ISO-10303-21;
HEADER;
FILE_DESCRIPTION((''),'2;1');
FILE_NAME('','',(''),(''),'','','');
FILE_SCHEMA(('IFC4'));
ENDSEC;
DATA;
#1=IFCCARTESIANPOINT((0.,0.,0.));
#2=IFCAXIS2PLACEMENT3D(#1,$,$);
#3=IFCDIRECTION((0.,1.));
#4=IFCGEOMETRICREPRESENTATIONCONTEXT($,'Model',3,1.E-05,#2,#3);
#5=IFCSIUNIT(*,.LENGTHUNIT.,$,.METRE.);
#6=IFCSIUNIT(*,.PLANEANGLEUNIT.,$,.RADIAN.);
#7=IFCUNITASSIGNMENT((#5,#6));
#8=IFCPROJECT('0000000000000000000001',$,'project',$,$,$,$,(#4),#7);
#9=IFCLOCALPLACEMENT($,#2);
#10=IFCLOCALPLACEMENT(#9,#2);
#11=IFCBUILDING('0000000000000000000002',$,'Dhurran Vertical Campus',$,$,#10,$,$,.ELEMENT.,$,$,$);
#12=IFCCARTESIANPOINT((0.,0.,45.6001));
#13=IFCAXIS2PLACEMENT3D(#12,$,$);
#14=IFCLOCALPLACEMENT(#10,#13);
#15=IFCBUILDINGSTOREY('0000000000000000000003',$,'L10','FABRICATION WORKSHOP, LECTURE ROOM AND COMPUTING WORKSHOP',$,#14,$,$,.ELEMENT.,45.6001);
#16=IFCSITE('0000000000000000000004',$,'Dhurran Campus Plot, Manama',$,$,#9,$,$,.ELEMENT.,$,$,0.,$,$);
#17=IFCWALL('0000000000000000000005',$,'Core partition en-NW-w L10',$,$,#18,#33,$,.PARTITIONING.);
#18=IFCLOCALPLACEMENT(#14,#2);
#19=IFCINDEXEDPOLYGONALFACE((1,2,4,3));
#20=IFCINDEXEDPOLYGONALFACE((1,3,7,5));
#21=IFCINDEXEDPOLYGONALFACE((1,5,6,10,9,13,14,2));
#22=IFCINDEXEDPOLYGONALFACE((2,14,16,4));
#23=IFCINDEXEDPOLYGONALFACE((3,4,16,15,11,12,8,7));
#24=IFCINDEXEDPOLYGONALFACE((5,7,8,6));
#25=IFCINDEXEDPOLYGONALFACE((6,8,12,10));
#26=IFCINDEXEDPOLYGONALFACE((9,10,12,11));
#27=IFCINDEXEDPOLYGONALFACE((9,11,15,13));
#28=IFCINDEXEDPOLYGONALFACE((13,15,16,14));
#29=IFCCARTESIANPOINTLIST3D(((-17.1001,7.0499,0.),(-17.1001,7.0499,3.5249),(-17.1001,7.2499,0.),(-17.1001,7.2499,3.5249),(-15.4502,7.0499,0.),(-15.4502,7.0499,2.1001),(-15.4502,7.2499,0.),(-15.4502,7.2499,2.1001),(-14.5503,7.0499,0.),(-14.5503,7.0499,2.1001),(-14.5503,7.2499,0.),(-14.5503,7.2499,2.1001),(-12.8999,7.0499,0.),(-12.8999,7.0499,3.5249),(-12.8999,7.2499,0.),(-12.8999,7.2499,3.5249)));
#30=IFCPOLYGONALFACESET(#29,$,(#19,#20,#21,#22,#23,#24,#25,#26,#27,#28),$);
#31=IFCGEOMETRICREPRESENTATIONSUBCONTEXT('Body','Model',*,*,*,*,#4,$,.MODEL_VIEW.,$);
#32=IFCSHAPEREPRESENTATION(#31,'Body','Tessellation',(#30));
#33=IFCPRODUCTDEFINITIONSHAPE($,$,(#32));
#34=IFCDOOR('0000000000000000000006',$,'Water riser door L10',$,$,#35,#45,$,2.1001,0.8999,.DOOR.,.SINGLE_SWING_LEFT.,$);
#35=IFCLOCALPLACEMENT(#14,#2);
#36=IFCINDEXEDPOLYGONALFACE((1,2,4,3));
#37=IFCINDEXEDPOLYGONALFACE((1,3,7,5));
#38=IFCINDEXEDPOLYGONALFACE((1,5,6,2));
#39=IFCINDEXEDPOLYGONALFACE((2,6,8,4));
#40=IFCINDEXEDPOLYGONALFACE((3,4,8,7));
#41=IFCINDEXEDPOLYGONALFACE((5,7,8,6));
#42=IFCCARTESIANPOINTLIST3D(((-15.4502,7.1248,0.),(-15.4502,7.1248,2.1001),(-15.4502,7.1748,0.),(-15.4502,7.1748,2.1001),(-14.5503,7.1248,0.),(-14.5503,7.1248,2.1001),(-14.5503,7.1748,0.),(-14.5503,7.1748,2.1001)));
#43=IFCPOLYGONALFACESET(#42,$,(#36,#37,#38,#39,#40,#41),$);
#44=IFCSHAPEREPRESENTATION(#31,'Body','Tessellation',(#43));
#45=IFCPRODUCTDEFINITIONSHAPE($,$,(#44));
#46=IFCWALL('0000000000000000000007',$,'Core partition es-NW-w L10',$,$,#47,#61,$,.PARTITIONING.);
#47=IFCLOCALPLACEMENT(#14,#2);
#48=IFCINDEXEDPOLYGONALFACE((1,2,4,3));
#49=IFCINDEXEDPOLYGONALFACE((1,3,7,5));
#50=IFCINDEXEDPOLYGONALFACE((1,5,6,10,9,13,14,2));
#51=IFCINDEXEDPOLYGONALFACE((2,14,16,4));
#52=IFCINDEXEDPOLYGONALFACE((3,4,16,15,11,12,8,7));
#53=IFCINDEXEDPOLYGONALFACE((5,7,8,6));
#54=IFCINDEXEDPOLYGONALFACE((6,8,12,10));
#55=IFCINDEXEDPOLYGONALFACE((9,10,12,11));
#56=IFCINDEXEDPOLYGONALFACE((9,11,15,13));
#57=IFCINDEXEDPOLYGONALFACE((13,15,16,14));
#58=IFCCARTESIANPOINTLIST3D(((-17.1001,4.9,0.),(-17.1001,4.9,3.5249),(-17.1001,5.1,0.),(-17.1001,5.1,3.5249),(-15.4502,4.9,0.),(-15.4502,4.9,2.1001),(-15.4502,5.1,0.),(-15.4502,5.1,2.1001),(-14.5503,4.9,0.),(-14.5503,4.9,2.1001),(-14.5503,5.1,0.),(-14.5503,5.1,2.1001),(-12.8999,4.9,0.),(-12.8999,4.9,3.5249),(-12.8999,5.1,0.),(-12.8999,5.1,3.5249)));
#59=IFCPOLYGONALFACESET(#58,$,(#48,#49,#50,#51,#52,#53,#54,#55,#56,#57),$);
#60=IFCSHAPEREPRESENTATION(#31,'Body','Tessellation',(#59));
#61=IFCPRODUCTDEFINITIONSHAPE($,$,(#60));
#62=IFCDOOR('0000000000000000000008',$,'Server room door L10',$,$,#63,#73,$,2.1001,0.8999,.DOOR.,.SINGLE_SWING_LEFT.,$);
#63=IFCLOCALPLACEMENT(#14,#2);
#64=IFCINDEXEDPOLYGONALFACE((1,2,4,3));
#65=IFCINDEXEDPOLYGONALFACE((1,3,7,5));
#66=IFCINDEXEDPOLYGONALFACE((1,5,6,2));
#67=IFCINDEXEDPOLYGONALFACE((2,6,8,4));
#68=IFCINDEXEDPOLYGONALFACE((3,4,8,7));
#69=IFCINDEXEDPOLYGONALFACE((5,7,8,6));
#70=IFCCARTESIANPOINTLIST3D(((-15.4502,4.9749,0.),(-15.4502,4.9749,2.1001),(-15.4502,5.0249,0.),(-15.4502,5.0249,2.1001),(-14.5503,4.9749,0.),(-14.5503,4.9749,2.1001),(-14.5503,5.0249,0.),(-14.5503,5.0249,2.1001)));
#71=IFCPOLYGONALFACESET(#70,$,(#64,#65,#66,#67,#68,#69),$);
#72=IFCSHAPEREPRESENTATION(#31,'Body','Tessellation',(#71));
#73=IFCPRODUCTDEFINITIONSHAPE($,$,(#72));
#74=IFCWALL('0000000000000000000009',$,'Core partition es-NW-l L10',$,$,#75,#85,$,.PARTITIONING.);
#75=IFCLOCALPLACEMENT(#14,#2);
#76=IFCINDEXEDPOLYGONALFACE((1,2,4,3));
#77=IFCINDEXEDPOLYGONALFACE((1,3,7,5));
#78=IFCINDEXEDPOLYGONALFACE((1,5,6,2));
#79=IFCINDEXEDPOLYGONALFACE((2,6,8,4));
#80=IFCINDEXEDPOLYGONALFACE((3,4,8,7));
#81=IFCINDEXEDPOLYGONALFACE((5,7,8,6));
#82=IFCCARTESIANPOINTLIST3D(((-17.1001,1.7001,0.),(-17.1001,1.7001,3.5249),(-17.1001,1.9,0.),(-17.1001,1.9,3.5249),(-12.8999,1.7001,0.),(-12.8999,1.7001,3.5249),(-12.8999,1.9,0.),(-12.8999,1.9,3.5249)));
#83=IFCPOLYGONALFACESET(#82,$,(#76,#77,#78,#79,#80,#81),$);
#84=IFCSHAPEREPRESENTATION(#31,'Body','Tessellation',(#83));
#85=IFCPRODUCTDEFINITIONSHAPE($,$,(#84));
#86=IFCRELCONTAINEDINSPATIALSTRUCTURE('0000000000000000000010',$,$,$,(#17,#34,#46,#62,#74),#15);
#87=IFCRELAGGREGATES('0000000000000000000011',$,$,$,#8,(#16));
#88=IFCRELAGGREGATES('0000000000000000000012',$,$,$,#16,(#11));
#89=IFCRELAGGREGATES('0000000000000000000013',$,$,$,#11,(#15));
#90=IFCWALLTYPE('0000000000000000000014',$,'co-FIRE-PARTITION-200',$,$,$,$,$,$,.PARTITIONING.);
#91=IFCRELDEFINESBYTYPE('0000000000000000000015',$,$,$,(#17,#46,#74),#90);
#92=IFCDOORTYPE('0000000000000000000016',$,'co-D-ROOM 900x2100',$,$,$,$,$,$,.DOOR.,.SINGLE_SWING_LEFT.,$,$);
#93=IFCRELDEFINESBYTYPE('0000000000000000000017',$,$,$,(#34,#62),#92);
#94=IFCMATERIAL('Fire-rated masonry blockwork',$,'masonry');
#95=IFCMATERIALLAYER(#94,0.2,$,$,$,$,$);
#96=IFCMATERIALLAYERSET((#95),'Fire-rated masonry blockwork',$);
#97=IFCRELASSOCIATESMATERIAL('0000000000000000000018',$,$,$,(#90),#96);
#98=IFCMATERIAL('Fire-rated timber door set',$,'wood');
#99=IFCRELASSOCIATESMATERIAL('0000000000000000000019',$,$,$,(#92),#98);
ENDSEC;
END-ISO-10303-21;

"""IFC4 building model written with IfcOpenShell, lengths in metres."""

from ifc_helpers import new_model, si_unit, direction, frame, frame_2d, origin, place, context, subcontext, project, spatial, rectangle, extrude, material, layer, layer_set, type_object, element, fill, save


model = new_model("IFC4")

# Units and contexts
model_context = context("Model", 3, precision=1e-05, world=origin(), true_north=direction((0.0, 1.0)))
body_context = subcontext(model_context, "Body", "Model", "MODEL_VIEW")
ifc_project = project(units=[si_unit("LENGTHUNIT", "METRE"), si_unit("PLANEANGLEUNIT", "RADIAN")], contexts=[model_context])

# Site, building, storey
site_placement = place(None, origin())
site = spatial("IfcSite", under=ifc_project, at=site_placement, Name="Dhurran Campus Plot, Manama", CompositionType="ELEMENT", RefElevation=0.0)
building_placement = place(site_placement, origin())
building = spatial("IfcBuilding", under=site, at=building_placement, Name="Dhurran Vertical Campus", CompositionType="ELEMENT")
storey_placement = place(building_placement, frame((0.0, 0.0, 45.6001)))
storey = spatial("IfcBuildingStorey", under=building, at=storey_placement, Name="L10", Description="FABRICATION WORKSHOP, LECTURE ROOM AND COMPUTING WORKSHOP", CompositionType="ELEMENT", Elevation=45.6001)

# Walls, openings, doors
ifc_material_1 = material(Name="Fire-rated masonry blockwork", Category="masonry")
ifc_layer_1 = layer(ifc_material_1, 0.2)
ifc_layer_set_1 = layer_set([ifc_layer_1], Name="Fire-rated masonry blockwork")
wall_type_1 = type_object("IfcWallType", Name="co-FIRE-PARTITION-200", PredefinedType="PARTITIONING", material=ifc_layer_set_1)
wall_1_placement = place(storey_placement, frame((-17.1001, 7.1499, 0.0), z_axis=(0.0, 0.0, 1.0), x_axis=(1.0, 0.0, 0.0)))
wall_1 = element("IfcWall", 1, at=wall_1_placement, inside=storey, type_object=wall_type_1, Name="Core partition en-NW-w L10", PredefinedType="PARTITIONING", context=body_context, shape_type="SweptSolid", body=[
    extrude(rectangle(XDim=4.2002, YDim=0.2, at=frame_2d((2.1001, 0.0))), origin(), (0.0, 0.0, 1.0), 3.5249),
])
opening_1_placement = place(wall_1_placement, frame((1.6499, 0.0, 0.0)))
opening_1 = element("IfcOpeningElement", 2, at=opening_1_placement, cuts=wall_1, PredefinedType="OPENING", context=body_context, shape_type="SweptSolid", body=[
    extrude(rectangle(XDim=0.8999, YDim=2.1001, at=frame_2d((0.45, 1.05))), frame((0.0, 0.1099, 0.0), z_axis=(0.0, -1.0, 0.0), x_axis=(1.0, 0.0, 0.0)), (0.0, 0.0, 1.0), 0.22),
])
ifc_material_2 = material(Name="Fire-rated timber door set", Category="wood")
door_type_1 = type_object("IfcDoorType", Name="co-D-ROOM 900x2100", OperationType="SINGLE_SWING_LEFT", PredefinedType="DOOR", material=ifc_material_2)
door_1_placement = place(opening_1_placement, origin())
door_1 = element("IfcDoor", 3, at=door_1_placement, inside=storey, type_object=door_type_1, Name="Water riser door L10", OperationType="SINGLE_SWING_LEFT", OverallHeight=2.1001, OverallWidth=0.8999, PredefinedType="DOOR", context=body_context, shape_type="SweptSolid", body=[
    extrude(rectangle(XDim=0.8999, YDim=2.1001, at=frame_2d((0.45, 1.05))), frame((0.0, 0.0249, 0.0), z_axis=(0.0, -1.0, 0.0), x_axis=(1.0, 0.0, 0.0)), (0.0, 0.0, 1.0), 0.05),
])
fill(opening_1, door_1)
wall_2_placement = place(storey_placement, frame((-17.1001, 5.0, 0.0), z_axis=(0.0, 0.0, 1.0), x_axis=(1.0, 0.0, 0.0)))
wall_2 = element("IfcWall", 4, at=wall_2_placement, inside=storey, type_object=wall_type_1, Name="Core partition es-NW-w L10", PredefinedType="PARTITIONING", context=body_context, shape_type="SweptSolid", body=[
    extrude(rectangle(XDim=4.2002, YDim=0.2, at=frame_2d((2.1001, 0.0))), origin(), (0.0, 0.0, 1.0), 3.5249),
])
opening_2_placement = place(wall_2_placement, frame((1.6499, 0.0, 0.0)))
opening_2 = element("IfcOpeningElement", 5, at=opening_2_placement, cuts=wall_2, PredefinedType="OPENING", context=body_context, shape_type="SweptSolid", body=[
    extrude(rectangle(XDim=0.8999, YDim=2.1001, at=frame_2d((0.45, 1.05))), frame((0.0, 0.1099, 0.0), z_axis=(0.0, -1.0, 0.0), x_axis=(1.0, 0.0, 0.0)), (0.0, 0.0, 1.0), 0.22),
])
door_2_placement = place(opening_2_placement, origin())
door_2 = element("IfcDoor", 6, at=door_2_placement, inside=storey, type_object=door_type_1, Name="Server room door L10", OperationType="SINGLE_SWING_LEFT", OverallHeight=2.1001, OverallWidth=0.8999, PredefinedType="DOOR", context=body_context, shape_type="SweptSolid", body=[
    extrude(rectangle(XDim=0.8999, YDim=2.1001, at=frame_2d((0.45, 1.05))), frame((0.0, 0.0249, 0.0), z_axis=(0.0, -1.0, 0.0), x_axis=(1.0, 0.0, 0.0)), (0.0, 0.0, 1.0), 0.05),
])
fill(opening_2, door_2)

# Wall
wall_3_placement = place(storey_placement, frame((-17.1001, 1.8, 0.0), z_axis=(0.0, 0.0, 1.0), x_axis=(1.0, 0.0, 0.0)))
element("IfcWall", 7, at=wall_3_placement, inside=storey, type_object=wall_type_1, Name="Core partition es-NW-l L10", PredefinedType="PARTITIONING", context=body_context, shape_type="SweptSolid", body=[
    extrude(rectangle(XDim=4.2002, YDim=0.2, at=frame_2d((2.1001, 0.0))), origin(), (0.0, 0.0, 1.0), 3.5249),
])

save(model, "model.ifc")
